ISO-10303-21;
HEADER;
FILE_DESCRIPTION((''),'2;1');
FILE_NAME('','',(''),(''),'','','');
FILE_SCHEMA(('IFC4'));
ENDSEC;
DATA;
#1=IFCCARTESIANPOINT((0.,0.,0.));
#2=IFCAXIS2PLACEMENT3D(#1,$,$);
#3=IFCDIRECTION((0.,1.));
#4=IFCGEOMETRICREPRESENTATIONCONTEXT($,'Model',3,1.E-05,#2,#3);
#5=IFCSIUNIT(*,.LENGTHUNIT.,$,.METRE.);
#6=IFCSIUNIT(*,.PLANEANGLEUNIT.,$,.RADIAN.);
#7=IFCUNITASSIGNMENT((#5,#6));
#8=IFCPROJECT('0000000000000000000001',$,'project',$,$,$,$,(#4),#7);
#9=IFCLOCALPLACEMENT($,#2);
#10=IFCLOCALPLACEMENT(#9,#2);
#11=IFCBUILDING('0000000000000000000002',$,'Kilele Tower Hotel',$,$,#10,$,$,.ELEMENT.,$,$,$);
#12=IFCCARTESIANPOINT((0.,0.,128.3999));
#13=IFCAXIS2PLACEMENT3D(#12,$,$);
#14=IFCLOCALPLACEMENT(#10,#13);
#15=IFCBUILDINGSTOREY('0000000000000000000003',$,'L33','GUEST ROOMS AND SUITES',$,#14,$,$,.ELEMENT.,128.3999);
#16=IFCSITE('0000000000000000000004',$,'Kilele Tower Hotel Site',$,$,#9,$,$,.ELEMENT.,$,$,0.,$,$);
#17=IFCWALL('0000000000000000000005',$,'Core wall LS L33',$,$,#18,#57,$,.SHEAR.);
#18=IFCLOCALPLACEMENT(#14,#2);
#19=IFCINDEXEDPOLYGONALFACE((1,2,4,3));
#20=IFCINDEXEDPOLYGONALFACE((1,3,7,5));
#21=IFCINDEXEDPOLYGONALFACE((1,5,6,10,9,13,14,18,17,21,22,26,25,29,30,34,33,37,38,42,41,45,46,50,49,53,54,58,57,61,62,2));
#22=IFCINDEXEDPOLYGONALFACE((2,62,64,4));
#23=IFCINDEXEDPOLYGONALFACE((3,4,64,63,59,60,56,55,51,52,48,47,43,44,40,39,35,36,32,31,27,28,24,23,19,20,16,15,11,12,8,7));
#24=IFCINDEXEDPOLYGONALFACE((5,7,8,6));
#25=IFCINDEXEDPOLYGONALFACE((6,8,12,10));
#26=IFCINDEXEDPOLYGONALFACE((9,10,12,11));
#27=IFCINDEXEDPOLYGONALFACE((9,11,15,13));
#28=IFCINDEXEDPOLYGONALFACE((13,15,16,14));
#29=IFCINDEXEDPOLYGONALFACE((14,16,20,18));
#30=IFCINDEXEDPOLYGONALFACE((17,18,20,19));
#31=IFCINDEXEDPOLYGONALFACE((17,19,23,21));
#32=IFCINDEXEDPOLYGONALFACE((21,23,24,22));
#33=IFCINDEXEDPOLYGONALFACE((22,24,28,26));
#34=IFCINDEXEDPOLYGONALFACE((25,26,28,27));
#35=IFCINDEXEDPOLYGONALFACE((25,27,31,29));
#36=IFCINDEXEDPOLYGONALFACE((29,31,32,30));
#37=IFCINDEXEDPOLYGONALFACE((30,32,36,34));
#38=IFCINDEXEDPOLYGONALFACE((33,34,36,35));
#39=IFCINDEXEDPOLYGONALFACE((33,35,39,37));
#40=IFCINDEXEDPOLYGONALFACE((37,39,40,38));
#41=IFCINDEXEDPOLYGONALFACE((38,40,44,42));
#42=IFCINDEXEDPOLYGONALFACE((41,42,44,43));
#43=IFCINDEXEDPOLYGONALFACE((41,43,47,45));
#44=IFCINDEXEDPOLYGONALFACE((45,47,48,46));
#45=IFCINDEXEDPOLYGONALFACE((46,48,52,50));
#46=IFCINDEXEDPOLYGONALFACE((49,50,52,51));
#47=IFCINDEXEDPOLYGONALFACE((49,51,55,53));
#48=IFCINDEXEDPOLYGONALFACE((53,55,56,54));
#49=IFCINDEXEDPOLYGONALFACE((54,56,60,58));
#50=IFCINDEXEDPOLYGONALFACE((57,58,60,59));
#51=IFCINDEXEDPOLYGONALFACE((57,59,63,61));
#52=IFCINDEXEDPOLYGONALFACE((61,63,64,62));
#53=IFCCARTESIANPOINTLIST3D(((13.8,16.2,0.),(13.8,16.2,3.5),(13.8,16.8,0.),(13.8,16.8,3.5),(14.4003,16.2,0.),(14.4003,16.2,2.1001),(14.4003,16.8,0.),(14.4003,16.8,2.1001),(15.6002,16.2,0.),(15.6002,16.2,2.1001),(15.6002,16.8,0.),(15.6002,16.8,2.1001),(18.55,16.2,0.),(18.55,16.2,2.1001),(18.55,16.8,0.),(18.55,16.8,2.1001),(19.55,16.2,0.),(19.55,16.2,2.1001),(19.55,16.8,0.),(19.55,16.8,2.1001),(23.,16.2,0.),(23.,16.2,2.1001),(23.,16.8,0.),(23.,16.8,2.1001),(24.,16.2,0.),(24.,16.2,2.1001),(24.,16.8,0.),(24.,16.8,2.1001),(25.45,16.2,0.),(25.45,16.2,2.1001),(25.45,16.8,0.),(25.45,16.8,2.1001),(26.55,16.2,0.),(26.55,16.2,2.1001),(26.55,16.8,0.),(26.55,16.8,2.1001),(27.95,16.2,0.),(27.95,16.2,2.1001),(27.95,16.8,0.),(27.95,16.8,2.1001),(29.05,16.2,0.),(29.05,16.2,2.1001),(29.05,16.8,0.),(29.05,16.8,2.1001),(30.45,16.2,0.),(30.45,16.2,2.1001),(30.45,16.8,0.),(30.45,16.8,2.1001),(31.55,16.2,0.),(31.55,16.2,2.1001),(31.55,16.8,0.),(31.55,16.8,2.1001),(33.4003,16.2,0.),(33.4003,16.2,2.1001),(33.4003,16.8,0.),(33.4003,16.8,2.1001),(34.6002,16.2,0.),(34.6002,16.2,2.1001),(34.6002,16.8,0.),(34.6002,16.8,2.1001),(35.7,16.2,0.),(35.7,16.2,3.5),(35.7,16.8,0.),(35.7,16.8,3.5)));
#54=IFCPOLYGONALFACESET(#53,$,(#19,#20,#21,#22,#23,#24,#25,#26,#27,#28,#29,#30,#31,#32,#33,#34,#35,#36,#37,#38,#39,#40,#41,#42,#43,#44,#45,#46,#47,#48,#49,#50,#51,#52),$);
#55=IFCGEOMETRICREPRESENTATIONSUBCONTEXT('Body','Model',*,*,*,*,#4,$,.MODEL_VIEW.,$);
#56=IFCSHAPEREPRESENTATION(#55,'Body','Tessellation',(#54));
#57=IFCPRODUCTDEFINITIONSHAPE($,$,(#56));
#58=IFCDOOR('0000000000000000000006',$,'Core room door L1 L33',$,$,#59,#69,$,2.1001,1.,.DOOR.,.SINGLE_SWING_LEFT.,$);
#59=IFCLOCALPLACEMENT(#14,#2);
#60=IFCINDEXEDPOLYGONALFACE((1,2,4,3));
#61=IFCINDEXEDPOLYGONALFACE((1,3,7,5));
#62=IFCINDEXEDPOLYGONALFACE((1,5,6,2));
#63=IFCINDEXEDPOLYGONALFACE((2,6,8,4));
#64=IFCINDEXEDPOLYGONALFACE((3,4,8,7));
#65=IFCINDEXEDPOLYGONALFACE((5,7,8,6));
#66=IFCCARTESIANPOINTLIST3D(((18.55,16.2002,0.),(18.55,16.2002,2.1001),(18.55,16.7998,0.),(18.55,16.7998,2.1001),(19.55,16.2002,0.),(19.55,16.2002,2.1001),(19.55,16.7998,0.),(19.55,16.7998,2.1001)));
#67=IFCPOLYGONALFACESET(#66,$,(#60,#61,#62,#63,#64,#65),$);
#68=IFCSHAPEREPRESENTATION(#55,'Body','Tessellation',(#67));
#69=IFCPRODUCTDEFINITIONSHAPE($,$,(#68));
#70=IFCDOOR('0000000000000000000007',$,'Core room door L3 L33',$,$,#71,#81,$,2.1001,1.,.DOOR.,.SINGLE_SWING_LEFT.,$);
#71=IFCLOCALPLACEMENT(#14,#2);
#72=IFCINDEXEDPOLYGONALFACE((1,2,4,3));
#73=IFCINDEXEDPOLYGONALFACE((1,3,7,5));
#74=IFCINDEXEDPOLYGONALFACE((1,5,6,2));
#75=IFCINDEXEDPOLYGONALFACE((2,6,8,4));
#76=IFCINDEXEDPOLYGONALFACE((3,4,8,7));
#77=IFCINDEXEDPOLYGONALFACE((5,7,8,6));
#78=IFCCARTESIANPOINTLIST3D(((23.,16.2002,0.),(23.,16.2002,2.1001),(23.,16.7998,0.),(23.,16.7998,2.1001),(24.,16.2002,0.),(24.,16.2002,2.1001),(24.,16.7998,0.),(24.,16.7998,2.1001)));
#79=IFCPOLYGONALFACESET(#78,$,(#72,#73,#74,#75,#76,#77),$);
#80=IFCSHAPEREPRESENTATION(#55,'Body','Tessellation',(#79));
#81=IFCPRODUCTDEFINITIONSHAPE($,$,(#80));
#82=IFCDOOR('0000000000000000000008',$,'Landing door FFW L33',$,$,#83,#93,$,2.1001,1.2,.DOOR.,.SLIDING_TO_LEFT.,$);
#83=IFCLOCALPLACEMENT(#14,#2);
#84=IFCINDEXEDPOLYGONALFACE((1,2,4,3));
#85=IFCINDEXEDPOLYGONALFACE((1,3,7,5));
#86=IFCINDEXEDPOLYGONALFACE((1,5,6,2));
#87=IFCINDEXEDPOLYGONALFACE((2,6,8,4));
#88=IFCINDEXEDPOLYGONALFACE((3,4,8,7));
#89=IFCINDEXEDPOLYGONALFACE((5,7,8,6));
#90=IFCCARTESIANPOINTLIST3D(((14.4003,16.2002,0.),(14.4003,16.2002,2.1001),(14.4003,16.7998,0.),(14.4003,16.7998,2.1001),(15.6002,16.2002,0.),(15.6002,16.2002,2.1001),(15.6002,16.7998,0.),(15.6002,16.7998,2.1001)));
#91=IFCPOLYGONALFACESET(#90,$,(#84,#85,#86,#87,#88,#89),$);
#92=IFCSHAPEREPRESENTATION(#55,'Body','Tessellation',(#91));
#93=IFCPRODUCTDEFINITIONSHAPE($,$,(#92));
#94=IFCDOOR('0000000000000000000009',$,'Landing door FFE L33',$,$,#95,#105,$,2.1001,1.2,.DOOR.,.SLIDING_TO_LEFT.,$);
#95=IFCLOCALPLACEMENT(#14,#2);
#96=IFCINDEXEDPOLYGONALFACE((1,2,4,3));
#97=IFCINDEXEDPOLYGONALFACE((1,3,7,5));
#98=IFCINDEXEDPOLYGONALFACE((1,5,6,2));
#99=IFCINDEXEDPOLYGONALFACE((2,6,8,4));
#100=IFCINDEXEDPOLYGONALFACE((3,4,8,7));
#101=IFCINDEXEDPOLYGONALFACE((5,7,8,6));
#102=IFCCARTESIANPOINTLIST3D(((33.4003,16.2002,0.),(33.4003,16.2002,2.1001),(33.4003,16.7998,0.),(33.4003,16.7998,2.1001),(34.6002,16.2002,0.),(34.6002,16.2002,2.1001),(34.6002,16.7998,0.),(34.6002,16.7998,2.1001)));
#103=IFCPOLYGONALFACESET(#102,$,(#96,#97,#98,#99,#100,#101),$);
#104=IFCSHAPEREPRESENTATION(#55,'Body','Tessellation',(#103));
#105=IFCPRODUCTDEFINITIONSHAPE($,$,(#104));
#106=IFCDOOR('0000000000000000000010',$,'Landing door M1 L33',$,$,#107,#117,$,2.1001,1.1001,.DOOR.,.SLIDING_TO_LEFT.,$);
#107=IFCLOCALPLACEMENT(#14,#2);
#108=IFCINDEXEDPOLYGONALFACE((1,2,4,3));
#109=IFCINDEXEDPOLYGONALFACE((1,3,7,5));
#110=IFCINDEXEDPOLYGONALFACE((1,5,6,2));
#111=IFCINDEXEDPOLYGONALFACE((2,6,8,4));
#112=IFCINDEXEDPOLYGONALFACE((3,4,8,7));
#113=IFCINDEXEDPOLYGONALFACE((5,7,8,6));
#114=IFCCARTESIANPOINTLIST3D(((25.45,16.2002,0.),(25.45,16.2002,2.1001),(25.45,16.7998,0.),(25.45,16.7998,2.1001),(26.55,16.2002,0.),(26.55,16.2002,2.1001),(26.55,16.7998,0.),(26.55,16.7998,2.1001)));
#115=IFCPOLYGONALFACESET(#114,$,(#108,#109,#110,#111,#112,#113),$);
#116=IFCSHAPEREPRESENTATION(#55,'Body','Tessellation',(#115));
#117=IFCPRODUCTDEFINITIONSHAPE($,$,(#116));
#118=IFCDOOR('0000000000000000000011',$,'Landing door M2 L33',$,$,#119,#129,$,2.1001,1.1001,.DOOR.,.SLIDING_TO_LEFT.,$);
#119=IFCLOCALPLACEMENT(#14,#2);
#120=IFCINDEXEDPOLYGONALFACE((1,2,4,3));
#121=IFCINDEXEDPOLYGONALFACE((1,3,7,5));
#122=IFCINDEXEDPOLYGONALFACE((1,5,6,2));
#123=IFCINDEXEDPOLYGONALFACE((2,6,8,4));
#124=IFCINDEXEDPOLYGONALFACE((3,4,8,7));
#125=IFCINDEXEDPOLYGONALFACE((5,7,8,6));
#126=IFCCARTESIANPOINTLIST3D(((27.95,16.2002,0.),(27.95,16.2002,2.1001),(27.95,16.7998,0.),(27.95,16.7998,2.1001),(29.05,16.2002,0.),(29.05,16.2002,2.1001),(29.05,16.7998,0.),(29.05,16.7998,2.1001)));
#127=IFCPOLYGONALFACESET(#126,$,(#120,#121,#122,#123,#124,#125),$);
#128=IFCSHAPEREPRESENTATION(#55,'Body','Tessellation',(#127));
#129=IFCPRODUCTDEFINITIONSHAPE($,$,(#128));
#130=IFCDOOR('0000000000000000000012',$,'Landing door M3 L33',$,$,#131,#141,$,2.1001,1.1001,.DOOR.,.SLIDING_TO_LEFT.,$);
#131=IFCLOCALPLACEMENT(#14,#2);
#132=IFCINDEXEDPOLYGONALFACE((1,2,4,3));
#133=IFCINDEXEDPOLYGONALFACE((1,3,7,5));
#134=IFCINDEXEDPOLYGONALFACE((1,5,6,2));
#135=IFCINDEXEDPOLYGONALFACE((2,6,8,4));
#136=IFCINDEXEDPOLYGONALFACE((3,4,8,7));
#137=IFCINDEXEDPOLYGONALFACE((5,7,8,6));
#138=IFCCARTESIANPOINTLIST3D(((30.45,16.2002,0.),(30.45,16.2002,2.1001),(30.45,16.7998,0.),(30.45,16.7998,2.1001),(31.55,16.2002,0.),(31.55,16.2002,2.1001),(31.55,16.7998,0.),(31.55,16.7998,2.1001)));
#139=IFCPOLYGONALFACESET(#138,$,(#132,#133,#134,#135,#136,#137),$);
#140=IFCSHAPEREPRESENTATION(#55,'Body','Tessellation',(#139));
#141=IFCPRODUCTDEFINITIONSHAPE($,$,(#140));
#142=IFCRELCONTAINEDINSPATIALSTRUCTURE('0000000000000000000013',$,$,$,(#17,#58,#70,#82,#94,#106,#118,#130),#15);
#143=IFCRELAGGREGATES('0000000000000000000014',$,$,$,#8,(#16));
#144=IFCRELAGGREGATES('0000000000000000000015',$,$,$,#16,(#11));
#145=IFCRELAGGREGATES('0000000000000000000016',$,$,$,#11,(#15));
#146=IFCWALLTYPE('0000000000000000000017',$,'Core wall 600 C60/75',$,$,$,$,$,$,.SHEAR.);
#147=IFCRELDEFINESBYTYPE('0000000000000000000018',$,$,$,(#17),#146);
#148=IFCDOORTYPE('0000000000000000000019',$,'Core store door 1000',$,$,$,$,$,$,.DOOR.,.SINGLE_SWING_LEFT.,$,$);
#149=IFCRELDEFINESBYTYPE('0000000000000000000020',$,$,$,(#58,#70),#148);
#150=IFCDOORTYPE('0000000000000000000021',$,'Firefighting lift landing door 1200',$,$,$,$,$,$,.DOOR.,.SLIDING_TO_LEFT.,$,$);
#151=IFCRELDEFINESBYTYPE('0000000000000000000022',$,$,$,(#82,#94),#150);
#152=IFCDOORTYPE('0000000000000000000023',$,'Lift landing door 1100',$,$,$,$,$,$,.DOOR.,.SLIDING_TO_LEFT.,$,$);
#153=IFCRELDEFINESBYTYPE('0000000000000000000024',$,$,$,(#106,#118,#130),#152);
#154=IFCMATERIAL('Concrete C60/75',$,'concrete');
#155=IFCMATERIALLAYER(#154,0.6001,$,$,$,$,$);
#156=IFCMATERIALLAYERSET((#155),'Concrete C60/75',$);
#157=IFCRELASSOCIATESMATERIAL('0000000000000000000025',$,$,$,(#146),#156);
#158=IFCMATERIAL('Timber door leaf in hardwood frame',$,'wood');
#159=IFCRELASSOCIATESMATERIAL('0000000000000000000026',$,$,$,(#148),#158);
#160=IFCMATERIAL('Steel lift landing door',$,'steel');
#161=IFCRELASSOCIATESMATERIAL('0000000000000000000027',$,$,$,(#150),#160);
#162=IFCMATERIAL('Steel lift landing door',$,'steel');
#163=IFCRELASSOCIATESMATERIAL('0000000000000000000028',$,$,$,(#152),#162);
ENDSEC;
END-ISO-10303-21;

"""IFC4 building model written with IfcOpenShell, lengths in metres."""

from ifc_helpers import new_model, si_unit, direction, frame, frame_2d, origin, place, context, subcontext, project, spatial, rectangle, extrude, material, layer, layer_set, type_object, element, fill, save


model = new_model("IFC4")

# Units and contexts
model_context = context("Model", 3, precision=1e-05, world=origin(), true_north=direction((0.0, 1.0)))
body_context = subcontext(model_context, "Body", "Model", "MODEL_VIEW")
ifc_project = project(units=[si_unit("LENGTHUNIT", "METRE"), si_unit("PLANEANGLEUNIT", "RADIAN")], contexts=[model_context])

# Site, building, storey
site_placement = place(None, origin())
site = spatial("IfcSite", under=ifc_project, at=site_placement, Name="Kilele Tower Hotel Site", CompositionType="ELEMENT", RefElevation=0.0)
building_placement = place(site_placement, origin())
building = spatial("IfcBuilding", under=site, at=building_placement, Name="Kilele Tower Hotel", CompositionType="ELEMENT")
storey_placement = place(building_placement, frame((0.0, 0.0, 128.3999)))
storey = spatial("IfcBuildingStorey", under=building, at=storey_placement, Name="L33", Description="GUEST ROOMS AND SUITES", CompositionType="ELEMENT", Elevation=128.3999)

# Shared definitions
ifc_material_1 = material(Name="Concrete C60/75", Category="concrete")
ifc_layer_1 = layer(ifc_material_1, 0.6001)
ifc_layer_set_1 = layer_set([ifc_layer_1], Name="Concrete C60/75")
wall_type_1 = type_object("IfcWallType", Name="Core wall 600 C60/75", PredefinedType="SHEAR", material=ifc_layer_set_1)

# Wall, openings, doors
wall_1_placement = place(storey_placement, frame((13.8, 16.5, 0.0), z_axis=(0.0, 0.0, 1.0), x_axis=(1.0, 0.0, 0.0)))
wall_1 = element("IfcWall", 1, at=wall_1_placement, inside=storey, type_object=wall_type_1, Name="Core wall LS L33", PredefinedType="SHEAR", context=body_context, shape_type="SweptSolid", body=[
    extrude(rectangle(XDim=21.8999, YDim=0.6001, at=frame_2d((10.95, 0.0))), origin(), (0.0, 0.0, 1.0), 3.5),
])
opening_1_placement = place(wall_1_placement, frame((11.6499, 0.0, 0.0)))
opening_1 = element("IfcOpeningElement", 2, at=opening_1_placement, cuts=wall_1, PredefinedType="OPENING", context=body_context, shape_type="SweptSolid", body=[
    extrude(rectangle(XDim=1.1001, YDim=2.1001, at=frame_2d((0.55, 1.05))), frame((0.0, 0.3101, 0.0), z_axis=(0.0, -1.0, 0.0), x_axis=(1.0, 0.0, 0.0)), (0.0, 0.0, 1.0), 0.6201),
])
opening_2_placement = place(wall_1_placement, frame((14.1499, 0.0, 0.0)))
opening_2 = element("IfcOpeningElement", 3, at=opening_2_placement, cuts=wall_1, PredefinedType="OPENING", context=body_context, shape_type="SweptSolid", body=[
    extrude(rectangle(XDim=1.1001, YDim=2.1001, at=frame_2d((0.55, 1.05))), frame((0.0, 0.3101, 0.0), z_axis=(0.0, -1.0, 0.0), x_axis=(1.0, 0.0, 0.0)), (0.0, 0.0, 1.0), 0.6201),
])
opening_3_placement = place(wall_1_placement, frame((16.6499, 0.0, 0.0)))
opening_3 = element("IfcOpeningElement", 4, at=opening_3_placement, cuts=wall_1, PredefinedType="OPENING", context=body_context, shape_type="SweptSolid", body=[
    extrude(rectangle(XDim=1.1001, YDim=2.1001, at=frame_2d((0.55, 1.05))), frame((0.0, 0.3101, 0.0), z_axis=(0.0, -1.0, 0.0), x_axis=(1.0, 0.0, 0.0)), (0.0, 0.0, 1.0), 0.6201),
])
opening_4_placement = place(wall_1_placement, frame((5.75, 0.0, 0.0), z_axis=(0.0, 0.0, 1.0), x_axis=(-1.0, 0.0, 0.0)))
opening_4 = element("IfcOpeningElement", 5, at=opening_4_placement, cuts=wall_1, PredefinedType="OPENING", context=body_context, shape_type="SweptSolid", body=[
    extrude(rectangle(XDim=1.0, YDim=2.1001, at=frame_2d((0.5, 1.05))), frame((0.0, 0.3101, 0.0), z_axis=(0.0, -1.0, 0.0), x_axis=(1.0, 0.0, 0.0)), (0.0, 0.0, 1.0), 0.6201),
])
opening_5_placement = place(wall_1_placement, frame((10.2, 0.0, 0.0), z_axis=(0.0, 0.0, 1.0), x_axis=(-1.0, 0.0, 0.0)))
opening_5 = element("IfcOpeningElement", 6, at=opening_5_placement, cuts=wall_1, PredefinedType="OPENING", context=body_context, shape_type="SweptSolid", body=[
    extrude(rectangle(XDim=1.0, YDim=2.1001, at=frame_2d((0.5, 1.05))), frame((0.0, 0.3101, 0.0), z_axis=(0.0, -1.0, 0.0), x_axis=(1.0, 0.0, 0.0)), (0.0, 0.0, 1.0), 0.6201),
])
opening_6_placement = place(wall_1_placement, frame((0.6001, 0.0, 0.0)))
opening_6 = element("IfcOpeningElement", 7, at=opening_6_placement, cuts=wall_1, PredefinedType="OPENING", context=body_context, shape_type="SweptSolid", body=[
    extrude(rectangle(XDim=1.2, YDim=2.1001, at=frame_2d((0.6001, 1.05))), frame((0.0, 0.3101, 0.0), z_axis=(0.0, -1.0, 0.0), x_axis=(1.0, 0.0, 0.0)), (0.0, 0.0, 1.0), 0.6201),
])
opening_7_placement = place(wall_1_placement, frame((19.6001, 0.0, 0.0)))
opening_7 = element("IfcOpeningElement", 8, at=opening_7_placement, cuts=wall_1, PredefinedType="OPENING", context=body_context, shape_type="SweptSolid", body=[
    extrude(rectangle(XDim=1.2, YDim=2.1001, at=frame_2d((0.6001, 1.05))), frame((0.0, 0.3101, 0.0), z_axis=(0.0, -1.0, 0.0), x_axis=(1.0, 0.0, 0.0)), (0.0, 0.0, 1.0), 0.6201),
])
ifc_material_2 = material(Name="Timber door leaf in hardwood frame", Category="wood")
door_type_1 = type_object("IfcDoorType", Name="Core store door 1000", OperationType="SINGLE_SWING_LEFT", PredefinedType="DOOR", material=ifc_material_2)
door_1_placement = place(opening_4_placement, origin())
door_1 = element("IfcDoor", 9, at=door_1_placement, inside=storey, type_object=door_type_1, Name="Core room door L1 L33", OperationType="SINGLE_SWING_LEFT", OverallHeight=2.1001, OverallWidth=1.0, PredefinedType="DOOR", context=body_context, shape_type="SweptSolid", body=[
    extrude(rectangle(XDim=1.0, YDim=2.1001, at=frame_2d((0.5, 1.05))), frame((0.0, 0.2998, 0.0), z_axis=(0.0, -1.0, 0.0), x_axis=(1.0, 0.0, 0.0)), (0.0, 0.0, 1.0), 0.5996),
])
fill(opening_4, door_1)
door_2_placement = place(opening_5_placement, origin())
door_2 = element("IfcDoor", 10, at=door_2_placement, inside=storey, type_object=door_type_1, Name="Core room door L3 L33", OperationType="SINGLE_SWING_LEFT", OverallHeight=2.1001, OverallWidth=1.0, PredefinedType="DOOR", context=body_context, shape_type="SweptSolid", body=[
    extrude(rectangle(XDim=1.0, YDim=2.1001, at=frame_2d((0.5, 1.05))), frame((0.0, 0.2998, 0.0), z_axis=(0.0, -1.0, 0.0), x_axis=(1.0, 0.0, 0.0)), (0.0, 0.0, 1.0), 0.5996),
])
fill(opening_5, door_2)
ifc_material_3 = material(Name="Steel lift landing door", Category="steel")
door_type_2 = type_object("IfcDoorType", Name="Firefighting lift landing door 1200", OperationType="SLIDING_TO_LEFT", PredefinedType="DOOR", material=ifc_material_3)
door_3_placement = place(opening_6_placement, origin())
door_3 = element("IfcDoor", 11, at=door_3_placement, inside=storey, type_object=door_type_2, Name="Landing door FFW L33", OperationType="SLIDING_TO_LEFT", OverallHeight=2.1001, OverallWidth=1.2, PredefinedType="DOOR", context=body_context, shape_type="SweptSolid", body=[
    extrude(rectangle(XDim=1.2, YDim=2.1001, at=frame_2d((0.6001, 1.05))), frame((0.0, 0.2998, 0.0), z_axis=(0.0, -1.0, 0.0), x_axis=(1.0, 0.0, 0.0)), (0.0, 0.0, 1.0), 0.5996),
])
fill(opening_6, door_3)
door_4_placement = place(opening_7_placement, origin())
door_4 = element("IfcDoor", 12, at=door_4_placement, inside=storey, type_object=door_type_2, Name="Landing door FFE L33", OperationType="SLIDING_TO_LEFT", OverallHeight=2.1001, OverallWidth=1.2, PredefinedType="DOOR", context=body_context, shape_type="SweptSolid", body=[
    extrude(rectangle(XDim=1.2, YDim=2.1001, at=frame_2d((0.6001, 1.05))), frame((0.0, 0.2998, 0.0), z_axis=(0.0, -1.0, 0.0), x_axis=(1.0, 0.0, 0.0)), (0.0, 0.0, 1.0), 0.5996),
])
fill(opening_7, door_4)
ifc_material_4 = material(Name="Steel lift landing door", Category="steel")
door_type_3 = type_object("IfcDoorType", Name="Lift landing door 1100", OperationType="SLIDING_TO_LEFT", PredefinedType="DOOR", material=ifc_material_4)
door_5_placement = place(opening_1_placement, origin())
door_5 = element("IfcDoor", 13, at=door_5_placement, inside=storey, type_object=door_type_3, Name="Landing door M1 L33", OperationType="SLIDING_TO_LEFT", OverallHeight=2.1001, OverallWidth=1.1001, PredefinedType="DOOR", context=body_context, shape_type="SweptSolid", body=[
    extrude(rectangle(XDim=1.1001, YDim=2.1001, at=frame_2d((0.55, 1.05))), frame((0.0, 0.2998, 0.0), z_axis=(0.0, -1.0, 0.0), x_axis=(1.0, 0.0, 0.0)), (0.0, 0.0, 1.0), 0.5996),
])
fill(opening_1, door_5)
door_6_placement = place(opening_2_placement, origin())
door_6 = element("IfcDoor", 14, at=door_6_placement, inside=storey, type_object=door_type_3, Name="Landing door M2 L33", OperationType="SLIDING_TO_LEFT", OverallHeight=2.1001, OverallWidth=1.1001, PredefinedType="DOOR", context=body_context, shape_type="SweptSolid", body=[
    extrude(rectangle(XDim=1.1001, YDim=2.1001, at=frame_2d((0.55, 1.05))), frame((0.0, 0.2998, 0.0), z_axis=(0.0, -1.0, 0.0), x_axis=(1.0, 0.0, 0.0)), (0.0, 0.0, 1.0), 0.5996),
])
fill(opening_2, door_6)
door_7_placement = place(opening_3_placement, origin())
door_7 = element("IfcDoor", 15, at=door_7_placement, inside=storey, type_object=door_type_3, Name="Landing door M3 L33", OperationType="SLIDING_TO_LEFT", OverallHeight=2.1001, OverallWidth=1.1001, PredefinedType="DOOR", context=body_context, shape_type="SweptSolid", body=[
    extrude(rectangle(XDim=1.1001, YDim=2.1001, at=frame_2d((0.55, 1.05))), frame((0.0, 0.2998, 0.0), z_axis=(0.0, -1.0, 0.0), x_axis=(1.0, 0.0, 0.0)), (0.0, 0.0, 1.0), 0.5996),
])
fill(opening_3, door_7)

save(model, "model.ifc")
